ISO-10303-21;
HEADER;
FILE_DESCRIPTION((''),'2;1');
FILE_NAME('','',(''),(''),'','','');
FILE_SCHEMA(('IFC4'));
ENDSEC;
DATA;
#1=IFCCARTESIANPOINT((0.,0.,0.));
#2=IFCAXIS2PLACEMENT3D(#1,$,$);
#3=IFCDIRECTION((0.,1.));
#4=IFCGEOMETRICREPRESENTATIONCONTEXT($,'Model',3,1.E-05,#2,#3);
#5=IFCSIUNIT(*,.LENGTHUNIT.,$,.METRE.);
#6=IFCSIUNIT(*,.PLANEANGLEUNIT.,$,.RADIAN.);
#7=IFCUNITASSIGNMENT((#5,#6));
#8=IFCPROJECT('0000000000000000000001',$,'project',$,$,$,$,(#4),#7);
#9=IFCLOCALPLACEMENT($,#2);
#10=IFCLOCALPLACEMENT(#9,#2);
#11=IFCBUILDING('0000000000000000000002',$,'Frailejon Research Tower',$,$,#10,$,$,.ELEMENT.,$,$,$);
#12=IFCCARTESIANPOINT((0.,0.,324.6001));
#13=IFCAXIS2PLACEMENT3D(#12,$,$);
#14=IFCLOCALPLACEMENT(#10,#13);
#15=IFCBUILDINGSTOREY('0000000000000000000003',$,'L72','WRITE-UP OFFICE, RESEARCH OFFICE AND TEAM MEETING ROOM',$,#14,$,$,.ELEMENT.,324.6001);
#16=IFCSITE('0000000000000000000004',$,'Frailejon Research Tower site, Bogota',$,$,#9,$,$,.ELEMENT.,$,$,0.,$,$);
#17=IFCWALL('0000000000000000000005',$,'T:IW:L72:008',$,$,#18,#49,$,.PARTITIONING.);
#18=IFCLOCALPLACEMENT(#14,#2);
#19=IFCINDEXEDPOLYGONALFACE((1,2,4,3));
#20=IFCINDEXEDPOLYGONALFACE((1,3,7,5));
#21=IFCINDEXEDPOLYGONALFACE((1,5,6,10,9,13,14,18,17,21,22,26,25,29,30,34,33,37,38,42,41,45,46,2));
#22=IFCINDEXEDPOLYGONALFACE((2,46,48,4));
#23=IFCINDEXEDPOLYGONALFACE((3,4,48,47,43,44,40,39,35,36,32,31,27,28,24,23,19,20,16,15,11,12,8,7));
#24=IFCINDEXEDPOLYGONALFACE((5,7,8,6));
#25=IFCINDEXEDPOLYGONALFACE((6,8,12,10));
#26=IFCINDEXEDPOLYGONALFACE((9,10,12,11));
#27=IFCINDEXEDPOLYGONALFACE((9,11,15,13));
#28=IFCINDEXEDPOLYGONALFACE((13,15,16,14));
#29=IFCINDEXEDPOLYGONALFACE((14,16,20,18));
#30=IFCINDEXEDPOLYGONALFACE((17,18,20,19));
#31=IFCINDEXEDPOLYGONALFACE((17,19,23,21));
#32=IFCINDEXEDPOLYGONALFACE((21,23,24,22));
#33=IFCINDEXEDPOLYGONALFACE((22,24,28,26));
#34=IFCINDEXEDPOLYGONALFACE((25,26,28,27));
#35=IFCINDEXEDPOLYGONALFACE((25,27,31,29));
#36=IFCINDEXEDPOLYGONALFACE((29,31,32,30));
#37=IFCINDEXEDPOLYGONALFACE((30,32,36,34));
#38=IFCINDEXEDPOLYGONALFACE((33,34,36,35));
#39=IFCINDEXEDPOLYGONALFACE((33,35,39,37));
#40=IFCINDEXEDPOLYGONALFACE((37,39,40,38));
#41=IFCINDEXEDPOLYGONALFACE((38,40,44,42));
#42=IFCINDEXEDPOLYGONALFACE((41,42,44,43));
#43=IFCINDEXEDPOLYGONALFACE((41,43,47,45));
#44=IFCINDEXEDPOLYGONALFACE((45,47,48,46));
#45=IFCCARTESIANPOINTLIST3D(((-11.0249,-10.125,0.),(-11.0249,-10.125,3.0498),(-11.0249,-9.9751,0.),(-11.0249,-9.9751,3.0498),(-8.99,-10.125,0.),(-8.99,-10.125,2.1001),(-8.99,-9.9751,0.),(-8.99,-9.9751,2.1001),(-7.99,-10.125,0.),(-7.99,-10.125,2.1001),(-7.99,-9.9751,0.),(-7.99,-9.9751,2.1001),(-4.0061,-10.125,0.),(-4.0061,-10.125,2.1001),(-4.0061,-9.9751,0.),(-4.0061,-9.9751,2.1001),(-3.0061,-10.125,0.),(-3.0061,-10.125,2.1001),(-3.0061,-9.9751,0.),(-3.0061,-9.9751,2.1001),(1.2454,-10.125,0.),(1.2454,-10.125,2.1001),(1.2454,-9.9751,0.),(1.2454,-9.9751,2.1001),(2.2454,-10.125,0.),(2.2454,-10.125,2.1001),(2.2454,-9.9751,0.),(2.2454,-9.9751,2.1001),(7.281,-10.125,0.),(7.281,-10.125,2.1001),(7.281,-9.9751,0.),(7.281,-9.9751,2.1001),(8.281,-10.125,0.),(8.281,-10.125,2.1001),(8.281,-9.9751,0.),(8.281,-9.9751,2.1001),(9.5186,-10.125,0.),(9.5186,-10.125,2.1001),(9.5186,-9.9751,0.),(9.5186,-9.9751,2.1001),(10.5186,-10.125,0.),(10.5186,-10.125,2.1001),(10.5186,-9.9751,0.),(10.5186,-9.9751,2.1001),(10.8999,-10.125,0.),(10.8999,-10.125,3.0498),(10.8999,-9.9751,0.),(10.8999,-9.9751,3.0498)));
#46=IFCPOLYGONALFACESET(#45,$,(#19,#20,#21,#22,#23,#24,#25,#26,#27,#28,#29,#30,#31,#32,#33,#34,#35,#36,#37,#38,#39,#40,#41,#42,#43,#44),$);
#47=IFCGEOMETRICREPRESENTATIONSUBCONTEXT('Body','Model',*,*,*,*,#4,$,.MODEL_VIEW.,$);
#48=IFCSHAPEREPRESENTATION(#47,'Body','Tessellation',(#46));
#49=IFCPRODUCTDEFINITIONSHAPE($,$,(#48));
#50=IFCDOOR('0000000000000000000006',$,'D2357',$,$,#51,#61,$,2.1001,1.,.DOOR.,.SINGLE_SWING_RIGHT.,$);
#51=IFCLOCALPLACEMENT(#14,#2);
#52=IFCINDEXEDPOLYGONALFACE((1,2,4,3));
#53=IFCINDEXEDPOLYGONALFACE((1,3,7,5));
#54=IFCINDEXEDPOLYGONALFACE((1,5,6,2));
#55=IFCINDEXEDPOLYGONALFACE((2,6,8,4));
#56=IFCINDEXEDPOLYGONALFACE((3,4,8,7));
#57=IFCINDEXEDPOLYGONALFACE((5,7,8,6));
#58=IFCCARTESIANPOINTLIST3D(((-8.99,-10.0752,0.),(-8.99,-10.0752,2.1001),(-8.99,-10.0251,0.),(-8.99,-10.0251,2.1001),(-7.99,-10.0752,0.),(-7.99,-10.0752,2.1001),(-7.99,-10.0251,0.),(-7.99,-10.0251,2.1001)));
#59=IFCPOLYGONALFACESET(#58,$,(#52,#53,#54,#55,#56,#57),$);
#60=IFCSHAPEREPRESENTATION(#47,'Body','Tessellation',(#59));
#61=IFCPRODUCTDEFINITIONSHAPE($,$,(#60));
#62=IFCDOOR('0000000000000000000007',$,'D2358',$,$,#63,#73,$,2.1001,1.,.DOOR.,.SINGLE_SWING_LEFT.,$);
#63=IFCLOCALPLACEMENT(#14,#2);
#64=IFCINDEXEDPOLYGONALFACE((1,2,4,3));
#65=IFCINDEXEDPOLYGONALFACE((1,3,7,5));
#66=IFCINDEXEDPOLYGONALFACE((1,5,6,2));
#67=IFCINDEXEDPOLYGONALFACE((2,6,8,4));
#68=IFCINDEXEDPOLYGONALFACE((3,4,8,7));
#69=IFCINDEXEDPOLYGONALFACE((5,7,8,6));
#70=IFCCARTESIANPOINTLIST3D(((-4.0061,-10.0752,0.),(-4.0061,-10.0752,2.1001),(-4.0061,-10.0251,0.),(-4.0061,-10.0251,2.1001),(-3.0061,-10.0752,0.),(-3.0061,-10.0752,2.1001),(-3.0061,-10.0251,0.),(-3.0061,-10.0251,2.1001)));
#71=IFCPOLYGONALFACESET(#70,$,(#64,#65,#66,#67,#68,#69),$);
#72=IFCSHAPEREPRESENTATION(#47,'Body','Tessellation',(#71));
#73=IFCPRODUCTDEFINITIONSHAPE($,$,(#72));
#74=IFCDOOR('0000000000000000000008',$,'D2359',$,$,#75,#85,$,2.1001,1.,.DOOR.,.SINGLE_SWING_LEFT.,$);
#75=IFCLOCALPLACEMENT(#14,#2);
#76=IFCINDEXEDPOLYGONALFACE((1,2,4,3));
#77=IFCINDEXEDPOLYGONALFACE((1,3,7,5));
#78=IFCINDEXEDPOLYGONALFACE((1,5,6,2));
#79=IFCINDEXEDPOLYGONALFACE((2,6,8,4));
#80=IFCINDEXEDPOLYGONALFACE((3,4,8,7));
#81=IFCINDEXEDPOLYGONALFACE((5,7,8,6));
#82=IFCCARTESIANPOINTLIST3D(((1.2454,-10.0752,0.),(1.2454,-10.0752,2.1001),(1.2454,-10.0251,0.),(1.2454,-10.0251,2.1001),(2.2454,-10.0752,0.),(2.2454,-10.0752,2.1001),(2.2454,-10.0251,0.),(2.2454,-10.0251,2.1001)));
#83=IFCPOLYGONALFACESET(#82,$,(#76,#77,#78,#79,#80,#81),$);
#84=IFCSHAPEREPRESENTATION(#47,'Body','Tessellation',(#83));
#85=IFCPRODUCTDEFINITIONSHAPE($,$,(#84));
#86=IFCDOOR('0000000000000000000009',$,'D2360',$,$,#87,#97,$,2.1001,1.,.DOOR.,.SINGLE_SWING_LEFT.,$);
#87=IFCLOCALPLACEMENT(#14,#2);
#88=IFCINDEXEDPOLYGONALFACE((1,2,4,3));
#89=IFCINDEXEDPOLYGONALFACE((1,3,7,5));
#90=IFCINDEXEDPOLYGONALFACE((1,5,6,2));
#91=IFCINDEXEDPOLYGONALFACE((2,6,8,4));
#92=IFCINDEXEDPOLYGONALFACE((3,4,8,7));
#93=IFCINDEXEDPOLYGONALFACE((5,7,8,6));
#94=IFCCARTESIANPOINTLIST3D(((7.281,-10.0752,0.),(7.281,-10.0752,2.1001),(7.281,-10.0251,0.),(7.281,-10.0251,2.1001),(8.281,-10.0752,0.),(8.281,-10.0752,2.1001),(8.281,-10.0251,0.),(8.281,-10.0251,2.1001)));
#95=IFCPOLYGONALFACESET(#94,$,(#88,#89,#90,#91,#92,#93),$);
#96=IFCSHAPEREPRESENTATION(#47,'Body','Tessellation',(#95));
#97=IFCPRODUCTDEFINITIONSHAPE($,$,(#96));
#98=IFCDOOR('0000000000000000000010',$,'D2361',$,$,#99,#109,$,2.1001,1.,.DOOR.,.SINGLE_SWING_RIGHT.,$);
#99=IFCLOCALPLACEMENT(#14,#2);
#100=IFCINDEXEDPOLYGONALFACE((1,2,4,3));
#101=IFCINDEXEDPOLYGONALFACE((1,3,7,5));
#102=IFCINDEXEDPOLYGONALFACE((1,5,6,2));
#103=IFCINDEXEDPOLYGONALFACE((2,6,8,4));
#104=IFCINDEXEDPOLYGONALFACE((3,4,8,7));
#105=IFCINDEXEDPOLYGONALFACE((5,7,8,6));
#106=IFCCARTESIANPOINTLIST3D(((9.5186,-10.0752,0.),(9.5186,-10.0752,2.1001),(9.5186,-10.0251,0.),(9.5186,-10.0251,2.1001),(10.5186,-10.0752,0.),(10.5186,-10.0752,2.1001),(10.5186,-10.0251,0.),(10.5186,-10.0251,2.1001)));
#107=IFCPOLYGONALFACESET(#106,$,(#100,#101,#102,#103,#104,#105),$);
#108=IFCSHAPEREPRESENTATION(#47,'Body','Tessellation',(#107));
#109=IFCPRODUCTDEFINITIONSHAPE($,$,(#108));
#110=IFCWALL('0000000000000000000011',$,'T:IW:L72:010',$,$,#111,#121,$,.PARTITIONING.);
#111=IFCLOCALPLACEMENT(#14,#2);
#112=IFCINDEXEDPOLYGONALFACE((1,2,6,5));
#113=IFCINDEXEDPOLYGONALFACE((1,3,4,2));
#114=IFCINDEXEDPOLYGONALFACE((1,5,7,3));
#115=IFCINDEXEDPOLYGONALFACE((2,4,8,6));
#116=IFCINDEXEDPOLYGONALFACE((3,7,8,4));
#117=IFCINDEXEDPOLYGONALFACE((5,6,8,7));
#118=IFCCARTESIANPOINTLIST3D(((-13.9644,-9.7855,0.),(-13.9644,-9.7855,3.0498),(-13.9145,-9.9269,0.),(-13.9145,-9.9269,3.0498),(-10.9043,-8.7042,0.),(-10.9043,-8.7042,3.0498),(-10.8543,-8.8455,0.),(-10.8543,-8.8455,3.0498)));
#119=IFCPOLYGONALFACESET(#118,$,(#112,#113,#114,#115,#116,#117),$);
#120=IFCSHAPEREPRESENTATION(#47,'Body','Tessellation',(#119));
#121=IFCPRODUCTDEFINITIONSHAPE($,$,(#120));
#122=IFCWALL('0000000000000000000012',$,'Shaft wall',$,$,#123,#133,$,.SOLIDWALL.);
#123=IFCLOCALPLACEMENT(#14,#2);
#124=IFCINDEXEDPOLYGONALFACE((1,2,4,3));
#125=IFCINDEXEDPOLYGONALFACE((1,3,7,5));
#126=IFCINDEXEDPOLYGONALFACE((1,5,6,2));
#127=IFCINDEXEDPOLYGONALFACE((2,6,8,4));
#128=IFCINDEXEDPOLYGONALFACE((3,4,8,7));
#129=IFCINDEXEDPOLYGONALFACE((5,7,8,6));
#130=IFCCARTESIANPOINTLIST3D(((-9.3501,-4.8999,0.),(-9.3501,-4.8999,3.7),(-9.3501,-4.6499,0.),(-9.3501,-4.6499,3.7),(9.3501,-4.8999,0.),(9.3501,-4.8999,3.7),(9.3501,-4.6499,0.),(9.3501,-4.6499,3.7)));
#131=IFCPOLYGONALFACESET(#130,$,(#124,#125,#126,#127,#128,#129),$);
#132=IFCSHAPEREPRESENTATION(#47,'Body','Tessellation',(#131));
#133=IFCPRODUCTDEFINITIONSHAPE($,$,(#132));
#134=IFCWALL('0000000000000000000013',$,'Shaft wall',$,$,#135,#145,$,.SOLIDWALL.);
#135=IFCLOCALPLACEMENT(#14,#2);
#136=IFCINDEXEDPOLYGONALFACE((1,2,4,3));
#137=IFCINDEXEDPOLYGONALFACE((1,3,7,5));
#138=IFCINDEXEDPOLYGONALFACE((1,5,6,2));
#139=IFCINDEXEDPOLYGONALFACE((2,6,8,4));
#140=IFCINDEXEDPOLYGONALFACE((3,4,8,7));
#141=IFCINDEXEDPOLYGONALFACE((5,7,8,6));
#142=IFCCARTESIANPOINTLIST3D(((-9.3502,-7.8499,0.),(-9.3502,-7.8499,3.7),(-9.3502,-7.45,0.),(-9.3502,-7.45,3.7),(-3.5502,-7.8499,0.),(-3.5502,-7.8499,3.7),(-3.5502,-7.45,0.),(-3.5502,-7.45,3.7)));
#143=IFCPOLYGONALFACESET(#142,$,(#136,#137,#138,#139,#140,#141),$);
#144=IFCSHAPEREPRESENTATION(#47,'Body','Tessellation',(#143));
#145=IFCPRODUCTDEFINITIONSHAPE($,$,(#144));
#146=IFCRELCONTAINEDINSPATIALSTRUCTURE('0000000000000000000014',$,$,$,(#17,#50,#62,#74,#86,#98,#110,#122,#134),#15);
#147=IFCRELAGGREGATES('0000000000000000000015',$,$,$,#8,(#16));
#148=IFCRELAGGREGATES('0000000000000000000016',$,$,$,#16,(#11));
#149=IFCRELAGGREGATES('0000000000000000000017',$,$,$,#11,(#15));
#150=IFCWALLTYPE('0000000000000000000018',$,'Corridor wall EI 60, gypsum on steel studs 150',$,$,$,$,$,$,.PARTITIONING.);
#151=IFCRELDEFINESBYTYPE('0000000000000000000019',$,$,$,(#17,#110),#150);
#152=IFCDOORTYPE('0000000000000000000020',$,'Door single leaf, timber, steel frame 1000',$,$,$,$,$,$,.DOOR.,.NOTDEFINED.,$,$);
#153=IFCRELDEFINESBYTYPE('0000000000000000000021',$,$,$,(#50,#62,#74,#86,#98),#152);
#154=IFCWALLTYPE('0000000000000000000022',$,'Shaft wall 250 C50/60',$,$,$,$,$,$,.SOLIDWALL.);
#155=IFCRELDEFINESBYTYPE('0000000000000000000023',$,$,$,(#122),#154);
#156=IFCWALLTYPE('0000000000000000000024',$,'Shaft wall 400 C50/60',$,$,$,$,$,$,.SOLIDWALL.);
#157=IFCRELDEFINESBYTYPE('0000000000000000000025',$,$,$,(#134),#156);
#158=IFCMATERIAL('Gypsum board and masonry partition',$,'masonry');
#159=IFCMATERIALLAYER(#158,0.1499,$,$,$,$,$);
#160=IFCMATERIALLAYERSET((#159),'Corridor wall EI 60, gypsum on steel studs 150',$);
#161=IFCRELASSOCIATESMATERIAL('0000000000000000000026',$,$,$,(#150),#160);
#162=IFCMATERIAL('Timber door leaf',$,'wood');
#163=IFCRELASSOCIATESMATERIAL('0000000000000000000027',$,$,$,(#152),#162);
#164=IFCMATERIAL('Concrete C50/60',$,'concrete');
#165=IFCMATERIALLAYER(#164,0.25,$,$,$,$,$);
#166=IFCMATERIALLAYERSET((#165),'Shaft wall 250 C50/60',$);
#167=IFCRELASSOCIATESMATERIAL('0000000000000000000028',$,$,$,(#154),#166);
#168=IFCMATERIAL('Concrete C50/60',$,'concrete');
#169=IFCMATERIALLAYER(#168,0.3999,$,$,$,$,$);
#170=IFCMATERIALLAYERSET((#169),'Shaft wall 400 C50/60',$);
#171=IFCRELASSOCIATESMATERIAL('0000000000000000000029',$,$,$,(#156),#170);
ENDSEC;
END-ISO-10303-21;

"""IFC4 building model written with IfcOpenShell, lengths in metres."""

from ifc_helpers import new_model, si_unit, direction, frame, frame_2d, origin, place, context, subcontext, project, spatial, rectangle, extrude, material, layer, layer_set, type_object, element, fill, save


model = new_model("IFC4")

# Units and contexts
model_context = context("Model", 3, precision=1e-05, world=origin(), true_north=direction((0.0, 1.0)))
body_context = subcontext(model_context, "Body", "Model", "MODEL_VIEW")
ifc_project = project(units=[si_unit("LENGTHUNIT", "METRE"), si_unit("PLANEANGLEUNIT", "RADIAN")], contexts=[model_context])

# Site, building, storey
site_placement = place(None, origin())
site = spatial("IfcSite", under=ifc_project, at=site_placement, Name="Frailejon Research Tower site, Bogota", CompositionType="ELEMENT", RefElevation=0.0)
building_placement = place(site_placement, origin())
building = spatial("IfcBuilding", under=site, at=building_placement, Name="Frailejon Research Tower", CompositionType="ELEMENT")
storey_placement = place(building_placement, frame((0.0, 0.0, 324.6001)))
storey = spatial("IfcBuildingStorey", under=building, at=storey_placement, Name="L72", Description="WRITE-UP OFFICE, RESEARCH OFFICE AND TEAM MEETING ROOM", CompositionType="ELEMENT", Elevation=324.6001)

# Shared definitions
ifc_material_1 = material(Name="Gypsum board and masonry partition", Category="masonry")
ifc_layer_1 = layer(ifc_material_1, 0.1499)
ifc_layer_set_1 = layer_set([ifc_layer_1], Name="Corridor wall EI 60, gypsum on steel studs 150")
wall_type_1 = type_object("IfcWallType", Name="Corridor wall EI 60, gypsum on steel studs 150", PredefinedType="PARTITIONING", material=ifc_layer_set_1)

# Wall, openings, doors
ifc_material_2 = material(Name="Timber door leaf", Category="wood")
door_type_1 = type_object("IfcDoorType", Name="Door single leaf, timber, steel frame 1000", OperationType="NOTDEFINED", PredefinedType="DOOR", material=ifc_material_2)
wall_1_placement = place(storey_placement, frame((-11.0249, -10.05, 0.0), z_axis=(0.0, 0.0, 1.0), x_axis=(1.0, 0.0, 0.0)))
wall_1 = element("IfcWall", 1, at=wall_1_placement, inside=storey, type_object=wall_type_1, Name="T:IW:L72:008", PredefinedType="PARTITIONING", context=body_context, shape_type="SweptSolid", body=[
    extrude(rectangle(XDim=21.9248, YDim=0.1499, at=frame_2d((10.9624, 0.0))), origin(), (0.0, 0.0, 1.0), 3.0498),
])
opening_1_placement = place(wall_1_placement, frame((2.0349, 0.0, 0.0)))
opening_1 = element("IfcOpeningElement", 2, at=opening_1_placement, cuts=wall_1, PredefinedType="OPENING", context=body_context, shape_type="SweptSolid", body=[
    extrude(rectangle(XDim=1.0, YDim=2.1001, at=frame_2d((0.5, 1.05))), frame((0.0, 0.085, 0.0), z_axis=(0.0, -1.0, 0.0), x_axis=(1.0, 0.0, 0.0)), (0.0, 0.0, 1.0), 0.1699),
])
opening_2_placement = place(wall_1_placement, frame((7.0188, 0.0, 0.0)))
opening_2 = element("IfcOpeningElement", 3, at=opening_2_placement, cuts=wall_1, PredefinedType="OPENING", context=body_context, shape_type="SweptSolid", body=[
    extrude(rectangle(XDim=1.0, YDim=2.1001, at=frame_2d((0.5, 1.05))), frame((0.0, 0.085, 0.0), z_axis=(0.0, -1.0, 0.0), x_axis=(1.0, 0.0, 0.0)), (0.0, 0.0, 1.0), 0.1699),
])
opening_3_placement = place(wall_1_placement, frame((12.2703, 0.0, 0.0)))
opening_3 = element("IfcOpeningElement", 4, at=opening_3_placement, cuts=wall_1, PredefinedType="OPENING", context=body_context, shape_type="SweptSolid", body=[
    extrude(rectangle(XDim=1.0, YDim=2.1001, at=frame_2d((0.5, 1.05))), frame((0.0, 0.085, 0.0), z_axis=(0.0, -1.0, 0.0), x_axis=(1.0, 0.0, 0.0)), (0.0, 0.0, 1.0), 0.1699),
])
opening_4_placement = place(wall_1_placement, frame((18.3059, 0.0, 0.0)))
opening_4 = element("IfcOpeningElement", 5, at=opening_4_placement, cuts=wall_1, PredefinedType="OPENING", context=body_context, shape_type="SweptSolid", body=[
    extrude(rectangle(XDim=1.0, YDim=2.1001, at=frame_2d((0.5, 1.05))), frame((0.0, 0.085, 0.0), z_axis=(0.0, -1.0, 0.0), x_axis=(1.0, 0.0, 0.0)), (0.0, 0.0, 1.0), 0.1699),
])
opening_5_placement = place(wall_1_placement, frame((20.5435, 0.0, 0.0)))
opening_5 = element("IfcOpeningElement", 6, at=opening_5_placement, cuts=wall_1, PredefinedType="OPENING", context=body_context, shape_type="SweptSolid", body=[
    extrude(rectangle(XDim=1.0, YDim=2.1001, at=frame_2d((0.5, 1.05))), frame((0.0, 0.085, 0.0), z_axis=(0.0, -1.0, 0.0), x_axis=(1.0, 0.0, 0.0)), (0.0, 0.0, 1.0), 0.1699),
])
door_1_placement = place(opening_1_placement, origin())
door_1 = element("IfcDoor", 7, at=door_1_placement, inside=storey, type_object=door_type_1, Name="D2357", OperationType="SINGLE_SWING_RIGHT", OverallHeight=2.1001, OverallWidth=1.0, PredefinedType="DOOR", context=body_context, shape_type="SweptSolid", body=[
    extrude(rectangle(XDim=1.0, YDim=2.1001, at=frame_2d((0.5, 1.05))), frame((0.0, 0.0249, 0.0), z_axis=(0.0, -1.0, 0.0), x_axis=(1.0, 0.0, 0.0)), (0.0, 0.0, 1.0), 0.05),
])
fill(opening_1, door_1)
door_2_placement = place(opening_2_placement, origin())
door_2 = element("IfcDoor", 8, at=door_2_placement, inside=storey, type_object=door_type_1, Name="D2358", OperationType="SINGLE_SWING_LEFT", OverallHeight=2.1001, OverallWidth=1.0, PredefinedType="DOOR", context=body_context, shape_type="SweptSolid", body=[
    extrude(rectangle(XDim=1.0, YDim=2.1001, at=frame_2d((0.5, 1.05))), frame((0.0, 0.0249, 0.0), z_axis=(0.0, -1.0, 0.0), x_axis=(1.0, 0.0, 0.0)), (0.0, 0.0, 1.0), 0.05),
])
fill(opening_2, door_2)
door_3_placement = place(opening_3_placement, origin())
door_3 = element("IfcDoor", 9, at=door_3_placement, inside=storey, type_object=door_type_1, Name="D2359", OperationType="SINGLE_SWING_LEFT", OverallHeight=2.1001, OverallWidth=1.0, PredefinedType="DOOR", context=body_context, shape_type="SweptSolid", body=[
    extrude(rectangle(XDim=1.0, YDim=2.1001, at=frame_2d((0.5, 1.05))), frame((0.0, 0.0249, 0.0), z_axis=(0.0, -1.0, 0.0), x_axis=(1.0, 0.0, 0.0)), (0.0, 0.0, 1.0), 0.05),
])
fill(opening_3, door_3)
door_4_placement = place(opening_4_placement, origin())
door_4 = element("IfcDoor", 10, at=door_4_placement, inside=storey, type_object=door_type_1, Name="D2360", OperationType="SINGLE_SWING_LEFT", OverallHeight=2.1001, OverallWidth=1.0, PredefinedType="DOOR", context=body_context, shape_type="SweptSolid", body=[
    extrude(rectangle(XDim=1.0, YDim=2.1001, at=frame_2d((0.5, 1.05))), frame((0.0, 0.0249, 0.0), z_axis=(0.0, -1.0, 0.0), x_axis=(1.0, 0.0, 0.0)), (0.0, 0.0, 1.0), 0.05),
])
fill(opening_4, door_4)
door_5_placement = place(opening_5_placement, origin())
door_5 = element("IfcDoor", 11, at=door_5_placement, inside=storey, type_object=door_type_1, Name="D2361", OperationType="SINGLE_SWING_RIGHT", OverallHeight=2.1001, OverallWidth=1.0, PredefinedType="DOOR", context=body_context, shape_type="SweptSolid", body=[
    extrude(rectangle(XDim=1.0, YDim=2.1001, at=frame_2d((0.5, 1.05))), frame((0.0, 0.0249, 0.0), z_axis=(0.0, -1.0, 0.0), x_axis=(1.0, 0.0, 0.0)), (0.0, 0.0, 1.0), 0.05),
])
fill(opening_5, door_5)

# Walls
wall_2_placement = place(storey_placement, frame((-13.9395, -9.8562, 0.0), z_axis=(0.0, 0.0, 1.0), x_axis=(0.942867, 0.33317, 0.0)))
element("IfcWall", 12, at=wall_2_placement, inside=storey, type_object=wall_type_1, Name="T:IW:L72:010", PredefinedType="PARTITIONING", context=body_context, shape_type="SweptSolid", body=[
    extrude(rectangle(XDim=3.2456, YDim=0.1499, at=frame_2d((1.6228, 0.0))), origin(), (0.0, 0.0, 1.0), 3.0498),
])
ifc_material_3 = material(Name="Concrete C50/60", Category="concrete")
ifc_layer_2 = layer(ifc_material_3, 0.25)
ifc_layer_set_2 = layer_set([ifc_layer_2], Name="Shaft wall 250 C50/60")
wall_type_2 = type_object("IfcWallType", Name="Shaft wall 250 C50/60", PredefinedType="SOLIDWALL", material=ifc_layer_set_2)
wall_3_placement = place(storey_placement, frame((-9.3501, -4.7749, 0.0), z_axis=(0.0, 0.0, 1.0), x_axis=(1.0, 0.0, 0.0)))
element("IfcWall", 13, at=wall_3_placement, inside=storey, type_object=wall_type_2, Name="Shaft wall", PredefinedType="SOLIDWALL", context=body_context, shape_type="SweptSolid", body=[
    extrude(rectangle(XDim=18.7002, YDim=0.25, at=frame_2d((9.3501, 0.0))), origin(), (0.0, 0.0, 1.0), 3.7),
])
ifc_material_4 = material(Name="Concrete C50/60", Category="concrete")
ifc_layer_3 = layer(ifc_material_4, 0.3999)
ifc_layer_set_3 = layer_set([ifc_layer_3], Name="Shaft wall 400 C50/60")
wall_type_3 = type_object("IfcWallType", Name="Shaft wall 400 C50/60", PredefinedType="SOLIDWALL", material=ifc_layer_set_3)
wall_4_placement = place(storey_placement, frame((-9.3501, -7.6499, 0.0), z_axis=(0.0, 0.0, 1.0), x_axis=(1.0, 0.0, 0.0)))
element("IfcWall", 14, at=wall_4_placement, inside=storey, type_object=wall_type_3, Name="Shaft wall", PredefinedType="SOLIDWALL", context=body_context, shape_type="SweptSolid", body=[
    extrude(rectangle(XDim=5.8, YDim=0.3999, at=frame_2d((2.8999, 0.0))), origin(), (0.0, 0.0, 1.0), 3.7),
])

save(model, "model.ifc")
